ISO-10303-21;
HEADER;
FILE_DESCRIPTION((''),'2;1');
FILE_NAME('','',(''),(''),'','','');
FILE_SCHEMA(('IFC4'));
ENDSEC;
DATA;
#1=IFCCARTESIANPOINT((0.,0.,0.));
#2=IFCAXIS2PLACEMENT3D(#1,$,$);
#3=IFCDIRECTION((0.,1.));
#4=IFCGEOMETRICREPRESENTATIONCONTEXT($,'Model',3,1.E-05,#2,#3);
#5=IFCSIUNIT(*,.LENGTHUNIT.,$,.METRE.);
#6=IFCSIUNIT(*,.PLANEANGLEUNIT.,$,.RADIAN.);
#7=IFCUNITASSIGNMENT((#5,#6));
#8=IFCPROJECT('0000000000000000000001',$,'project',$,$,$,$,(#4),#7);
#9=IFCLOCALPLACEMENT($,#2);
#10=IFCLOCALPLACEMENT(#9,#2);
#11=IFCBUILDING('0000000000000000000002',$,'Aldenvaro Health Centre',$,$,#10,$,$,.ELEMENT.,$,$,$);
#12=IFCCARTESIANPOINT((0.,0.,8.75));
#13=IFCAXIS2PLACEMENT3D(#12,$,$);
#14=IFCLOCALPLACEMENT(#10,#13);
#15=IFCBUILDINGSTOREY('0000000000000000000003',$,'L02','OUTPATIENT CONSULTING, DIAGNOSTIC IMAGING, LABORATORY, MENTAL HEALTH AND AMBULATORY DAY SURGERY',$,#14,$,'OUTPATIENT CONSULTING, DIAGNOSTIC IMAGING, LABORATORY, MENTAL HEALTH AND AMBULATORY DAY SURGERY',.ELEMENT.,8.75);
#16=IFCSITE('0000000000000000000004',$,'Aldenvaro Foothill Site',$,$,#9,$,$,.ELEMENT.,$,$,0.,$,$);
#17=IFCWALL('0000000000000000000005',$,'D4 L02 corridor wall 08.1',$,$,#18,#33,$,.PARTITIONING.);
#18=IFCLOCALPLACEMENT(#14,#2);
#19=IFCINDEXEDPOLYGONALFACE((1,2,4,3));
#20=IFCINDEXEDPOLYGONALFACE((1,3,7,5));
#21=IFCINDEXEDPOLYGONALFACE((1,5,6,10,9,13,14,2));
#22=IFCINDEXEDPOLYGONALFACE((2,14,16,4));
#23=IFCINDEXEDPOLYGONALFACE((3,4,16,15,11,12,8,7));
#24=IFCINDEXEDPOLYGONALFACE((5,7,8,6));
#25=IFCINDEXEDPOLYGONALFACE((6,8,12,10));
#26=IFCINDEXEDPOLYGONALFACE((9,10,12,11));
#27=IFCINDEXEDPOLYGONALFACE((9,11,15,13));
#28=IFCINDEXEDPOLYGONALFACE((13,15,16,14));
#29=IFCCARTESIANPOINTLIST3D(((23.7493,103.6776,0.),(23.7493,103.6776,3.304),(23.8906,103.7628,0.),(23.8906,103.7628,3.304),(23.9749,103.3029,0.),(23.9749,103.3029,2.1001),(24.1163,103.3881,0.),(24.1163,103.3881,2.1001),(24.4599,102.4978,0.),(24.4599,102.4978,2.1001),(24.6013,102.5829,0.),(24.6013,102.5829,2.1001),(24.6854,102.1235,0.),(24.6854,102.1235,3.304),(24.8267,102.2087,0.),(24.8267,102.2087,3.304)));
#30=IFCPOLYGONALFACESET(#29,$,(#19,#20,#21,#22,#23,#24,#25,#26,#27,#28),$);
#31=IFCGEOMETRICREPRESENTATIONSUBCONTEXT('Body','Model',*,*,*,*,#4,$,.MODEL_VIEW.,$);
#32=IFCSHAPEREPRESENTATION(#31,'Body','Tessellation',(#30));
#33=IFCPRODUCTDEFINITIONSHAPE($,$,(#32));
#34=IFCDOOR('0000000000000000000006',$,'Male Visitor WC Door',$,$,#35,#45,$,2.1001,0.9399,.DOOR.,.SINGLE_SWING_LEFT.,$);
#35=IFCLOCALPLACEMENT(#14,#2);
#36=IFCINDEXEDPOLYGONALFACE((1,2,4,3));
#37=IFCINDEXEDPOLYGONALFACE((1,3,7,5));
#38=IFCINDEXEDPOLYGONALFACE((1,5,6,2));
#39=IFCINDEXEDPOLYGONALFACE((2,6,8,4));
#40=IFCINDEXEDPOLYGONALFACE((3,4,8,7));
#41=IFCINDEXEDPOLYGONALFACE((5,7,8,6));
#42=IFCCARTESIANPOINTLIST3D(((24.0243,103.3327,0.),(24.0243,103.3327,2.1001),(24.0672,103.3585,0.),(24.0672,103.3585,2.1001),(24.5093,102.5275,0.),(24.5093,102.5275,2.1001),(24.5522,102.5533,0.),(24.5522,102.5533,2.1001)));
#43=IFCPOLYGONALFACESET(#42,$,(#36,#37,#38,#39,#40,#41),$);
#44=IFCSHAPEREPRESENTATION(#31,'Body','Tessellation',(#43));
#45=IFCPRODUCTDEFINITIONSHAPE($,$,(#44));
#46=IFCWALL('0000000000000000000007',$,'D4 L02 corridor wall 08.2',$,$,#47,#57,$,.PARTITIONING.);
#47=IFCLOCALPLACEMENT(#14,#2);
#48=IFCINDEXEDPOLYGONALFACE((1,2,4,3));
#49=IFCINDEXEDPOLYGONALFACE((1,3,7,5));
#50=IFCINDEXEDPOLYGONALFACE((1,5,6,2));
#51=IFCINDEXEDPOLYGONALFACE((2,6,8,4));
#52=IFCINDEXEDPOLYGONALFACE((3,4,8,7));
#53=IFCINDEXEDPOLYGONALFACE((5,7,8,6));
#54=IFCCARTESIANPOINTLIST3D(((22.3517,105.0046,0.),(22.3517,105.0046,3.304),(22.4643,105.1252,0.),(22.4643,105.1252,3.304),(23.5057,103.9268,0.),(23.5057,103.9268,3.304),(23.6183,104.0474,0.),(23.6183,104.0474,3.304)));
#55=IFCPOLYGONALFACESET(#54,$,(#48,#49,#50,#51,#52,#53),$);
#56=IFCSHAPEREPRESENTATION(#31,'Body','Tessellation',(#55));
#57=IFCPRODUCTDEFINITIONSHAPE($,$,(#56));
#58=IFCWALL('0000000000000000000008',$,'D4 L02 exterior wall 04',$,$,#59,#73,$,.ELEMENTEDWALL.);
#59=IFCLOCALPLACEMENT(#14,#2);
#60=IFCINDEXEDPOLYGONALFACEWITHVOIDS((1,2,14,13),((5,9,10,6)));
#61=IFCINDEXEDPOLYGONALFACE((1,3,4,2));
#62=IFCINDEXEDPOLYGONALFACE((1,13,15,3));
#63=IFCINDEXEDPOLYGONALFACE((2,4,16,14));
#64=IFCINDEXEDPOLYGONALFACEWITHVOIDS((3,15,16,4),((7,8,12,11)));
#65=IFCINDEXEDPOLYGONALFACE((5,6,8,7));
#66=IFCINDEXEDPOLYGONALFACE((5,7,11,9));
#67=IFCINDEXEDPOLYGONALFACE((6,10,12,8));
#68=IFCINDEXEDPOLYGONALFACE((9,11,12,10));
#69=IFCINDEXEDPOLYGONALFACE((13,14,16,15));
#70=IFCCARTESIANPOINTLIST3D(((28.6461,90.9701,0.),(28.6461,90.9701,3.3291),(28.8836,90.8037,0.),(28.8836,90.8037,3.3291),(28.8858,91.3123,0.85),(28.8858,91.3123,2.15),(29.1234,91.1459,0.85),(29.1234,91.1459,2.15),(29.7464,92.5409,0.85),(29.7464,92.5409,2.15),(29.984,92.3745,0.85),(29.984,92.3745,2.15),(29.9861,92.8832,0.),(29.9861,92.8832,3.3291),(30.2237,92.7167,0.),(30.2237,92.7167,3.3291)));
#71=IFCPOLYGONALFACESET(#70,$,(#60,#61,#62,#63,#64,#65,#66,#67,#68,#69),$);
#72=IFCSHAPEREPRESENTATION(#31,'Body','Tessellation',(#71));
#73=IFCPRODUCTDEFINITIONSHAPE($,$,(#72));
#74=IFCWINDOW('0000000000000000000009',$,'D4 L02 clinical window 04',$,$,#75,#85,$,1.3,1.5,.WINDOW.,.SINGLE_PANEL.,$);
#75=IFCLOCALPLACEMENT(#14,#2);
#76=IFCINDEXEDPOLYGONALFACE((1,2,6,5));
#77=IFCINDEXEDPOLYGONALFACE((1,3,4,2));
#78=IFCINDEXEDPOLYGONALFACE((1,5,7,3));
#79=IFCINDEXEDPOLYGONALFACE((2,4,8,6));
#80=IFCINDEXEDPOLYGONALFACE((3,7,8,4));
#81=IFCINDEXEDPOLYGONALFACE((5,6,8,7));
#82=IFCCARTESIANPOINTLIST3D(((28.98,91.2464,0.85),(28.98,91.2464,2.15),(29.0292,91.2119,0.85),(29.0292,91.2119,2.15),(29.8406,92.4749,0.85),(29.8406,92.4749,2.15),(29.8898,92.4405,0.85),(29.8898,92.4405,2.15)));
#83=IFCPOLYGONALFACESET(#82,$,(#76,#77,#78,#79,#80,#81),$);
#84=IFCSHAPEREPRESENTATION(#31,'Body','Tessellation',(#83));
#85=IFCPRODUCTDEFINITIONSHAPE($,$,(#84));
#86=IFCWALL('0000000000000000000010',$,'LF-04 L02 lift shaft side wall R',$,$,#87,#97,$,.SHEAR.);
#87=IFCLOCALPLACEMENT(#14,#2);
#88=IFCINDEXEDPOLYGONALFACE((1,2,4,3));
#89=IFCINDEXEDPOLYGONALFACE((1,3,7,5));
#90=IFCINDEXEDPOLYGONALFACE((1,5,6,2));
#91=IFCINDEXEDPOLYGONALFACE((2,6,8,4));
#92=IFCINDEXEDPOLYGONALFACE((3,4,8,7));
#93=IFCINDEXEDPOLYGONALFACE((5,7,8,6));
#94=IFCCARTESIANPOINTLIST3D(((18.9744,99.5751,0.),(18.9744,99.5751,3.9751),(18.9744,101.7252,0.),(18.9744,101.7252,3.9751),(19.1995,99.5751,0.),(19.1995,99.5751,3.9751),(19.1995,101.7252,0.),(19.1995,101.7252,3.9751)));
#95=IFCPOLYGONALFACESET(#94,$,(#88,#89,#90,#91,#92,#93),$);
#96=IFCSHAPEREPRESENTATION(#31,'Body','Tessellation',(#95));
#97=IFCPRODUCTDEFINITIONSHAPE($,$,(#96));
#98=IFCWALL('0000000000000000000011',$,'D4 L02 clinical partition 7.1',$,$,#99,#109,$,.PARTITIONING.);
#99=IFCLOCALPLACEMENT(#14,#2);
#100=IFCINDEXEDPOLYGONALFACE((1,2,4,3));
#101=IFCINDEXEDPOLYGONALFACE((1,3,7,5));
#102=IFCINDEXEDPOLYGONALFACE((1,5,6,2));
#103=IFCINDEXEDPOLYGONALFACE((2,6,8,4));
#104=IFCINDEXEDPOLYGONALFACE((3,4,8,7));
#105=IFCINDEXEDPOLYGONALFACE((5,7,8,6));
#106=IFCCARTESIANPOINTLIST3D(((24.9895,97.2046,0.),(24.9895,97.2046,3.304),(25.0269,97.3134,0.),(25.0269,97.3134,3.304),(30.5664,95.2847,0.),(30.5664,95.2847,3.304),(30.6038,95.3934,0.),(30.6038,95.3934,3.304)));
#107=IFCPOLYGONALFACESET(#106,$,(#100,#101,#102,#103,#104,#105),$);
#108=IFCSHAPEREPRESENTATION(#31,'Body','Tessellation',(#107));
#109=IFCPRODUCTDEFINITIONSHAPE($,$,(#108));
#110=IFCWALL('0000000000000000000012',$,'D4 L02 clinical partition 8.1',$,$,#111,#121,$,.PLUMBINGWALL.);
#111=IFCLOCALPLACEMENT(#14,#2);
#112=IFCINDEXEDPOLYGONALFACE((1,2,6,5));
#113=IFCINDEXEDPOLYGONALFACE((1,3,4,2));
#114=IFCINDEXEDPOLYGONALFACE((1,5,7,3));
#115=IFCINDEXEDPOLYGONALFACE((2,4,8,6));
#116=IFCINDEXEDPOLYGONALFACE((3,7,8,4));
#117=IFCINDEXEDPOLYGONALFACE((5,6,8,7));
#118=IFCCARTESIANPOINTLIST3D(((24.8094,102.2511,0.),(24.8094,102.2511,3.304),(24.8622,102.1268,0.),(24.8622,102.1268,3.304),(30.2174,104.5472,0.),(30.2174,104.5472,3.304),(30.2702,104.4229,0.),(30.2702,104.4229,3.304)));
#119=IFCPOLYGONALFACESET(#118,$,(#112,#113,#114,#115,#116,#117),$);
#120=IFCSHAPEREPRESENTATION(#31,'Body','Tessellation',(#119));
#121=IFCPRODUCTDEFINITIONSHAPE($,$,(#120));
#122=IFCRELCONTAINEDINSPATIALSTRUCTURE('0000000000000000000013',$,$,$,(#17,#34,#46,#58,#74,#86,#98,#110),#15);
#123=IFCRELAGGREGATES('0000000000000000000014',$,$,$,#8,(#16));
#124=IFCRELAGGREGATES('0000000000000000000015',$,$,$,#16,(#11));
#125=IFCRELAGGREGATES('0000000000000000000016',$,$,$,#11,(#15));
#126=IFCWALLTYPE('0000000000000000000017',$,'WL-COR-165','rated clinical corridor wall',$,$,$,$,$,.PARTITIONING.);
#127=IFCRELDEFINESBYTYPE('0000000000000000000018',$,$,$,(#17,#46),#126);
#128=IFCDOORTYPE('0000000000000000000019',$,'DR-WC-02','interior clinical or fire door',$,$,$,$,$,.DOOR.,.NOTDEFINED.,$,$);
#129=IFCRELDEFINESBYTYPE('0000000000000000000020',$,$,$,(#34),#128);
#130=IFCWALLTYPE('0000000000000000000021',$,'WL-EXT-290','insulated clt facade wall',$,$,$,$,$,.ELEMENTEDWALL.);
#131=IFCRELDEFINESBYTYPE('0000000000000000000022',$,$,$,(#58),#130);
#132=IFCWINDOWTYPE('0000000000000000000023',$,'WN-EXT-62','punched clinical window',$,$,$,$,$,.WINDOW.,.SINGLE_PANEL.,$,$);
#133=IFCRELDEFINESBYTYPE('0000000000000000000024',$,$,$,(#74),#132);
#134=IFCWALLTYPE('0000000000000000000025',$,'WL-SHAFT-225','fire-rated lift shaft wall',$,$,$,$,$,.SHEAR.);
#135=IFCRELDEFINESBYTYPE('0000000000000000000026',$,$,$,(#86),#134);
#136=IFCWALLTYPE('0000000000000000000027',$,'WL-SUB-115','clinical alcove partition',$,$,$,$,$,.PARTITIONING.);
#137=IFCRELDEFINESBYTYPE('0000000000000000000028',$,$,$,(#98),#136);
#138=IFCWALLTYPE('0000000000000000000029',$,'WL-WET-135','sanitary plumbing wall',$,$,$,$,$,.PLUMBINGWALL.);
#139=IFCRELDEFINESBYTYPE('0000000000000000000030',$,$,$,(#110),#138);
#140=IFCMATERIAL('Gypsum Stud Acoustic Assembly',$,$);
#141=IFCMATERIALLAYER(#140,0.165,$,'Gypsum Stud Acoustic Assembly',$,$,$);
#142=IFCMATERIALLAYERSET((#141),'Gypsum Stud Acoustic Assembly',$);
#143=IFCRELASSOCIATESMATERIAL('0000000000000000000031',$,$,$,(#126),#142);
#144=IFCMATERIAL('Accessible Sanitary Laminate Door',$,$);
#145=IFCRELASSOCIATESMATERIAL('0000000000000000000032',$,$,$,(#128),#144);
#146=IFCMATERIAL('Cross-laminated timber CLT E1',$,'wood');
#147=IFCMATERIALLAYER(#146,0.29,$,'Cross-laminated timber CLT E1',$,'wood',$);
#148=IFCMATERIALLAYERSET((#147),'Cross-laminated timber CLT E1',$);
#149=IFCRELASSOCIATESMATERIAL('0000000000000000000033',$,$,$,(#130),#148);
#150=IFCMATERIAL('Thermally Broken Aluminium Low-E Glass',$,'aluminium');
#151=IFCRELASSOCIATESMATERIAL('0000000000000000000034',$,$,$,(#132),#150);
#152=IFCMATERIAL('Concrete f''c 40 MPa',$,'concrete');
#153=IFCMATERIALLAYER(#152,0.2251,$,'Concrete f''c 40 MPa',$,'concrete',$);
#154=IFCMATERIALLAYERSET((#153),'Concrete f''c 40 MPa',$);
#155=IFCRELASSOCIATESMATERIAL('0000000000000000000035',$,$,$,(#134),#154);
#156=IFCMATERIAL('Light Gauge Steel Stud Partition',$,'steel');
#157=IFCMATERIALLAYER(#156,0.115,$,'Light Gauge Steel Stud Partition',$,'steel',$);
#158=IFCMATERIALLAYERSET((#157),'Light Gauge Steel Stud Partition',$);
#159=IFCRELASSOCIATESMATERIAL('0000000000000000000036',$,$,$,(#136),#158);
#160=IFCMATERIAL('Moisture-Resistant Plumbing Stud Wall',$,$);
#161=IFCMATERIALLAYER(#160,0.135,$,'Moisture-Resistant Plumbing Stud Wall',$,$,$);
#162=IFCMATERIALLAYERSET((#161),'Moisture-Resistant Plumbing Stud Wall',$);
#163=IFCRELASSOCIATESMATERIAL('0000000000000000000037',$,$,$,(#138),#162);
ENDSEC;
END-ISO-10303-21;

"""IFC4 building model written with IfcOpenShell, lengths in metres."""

from ifc_helpers import new_model, si_unit, direction, frame, frame_2d, origin, place, context, subcontext, project, spatial, rectangle, extrude, material, layer, layer_set, type_object, element, fill, save


model = new_model("IFC4")

# Units and contexts
model_context = context("Model", 3, precision=1e-05, world=origin(), true_north=direction((0.0, 1.0)))
body_context = subcontext(model_context, "Body", "Model", "MODEL_VIEW")
ifc_project = project(units=[si_unit("LENGTHUNIT", "METRE"), si_unit("PLANEANGLEUNIT", "RADIAN")], contexts=[model_context])

# Site, building, storey
site_placement = place(None, origin())
site = spatial("IfcSite", under=ifc_project, at=site_placement, Name="Aldenvaro Foothill Site", CompositionType="ELEMENT", RefElevation=0.0)
building_placement = place(site_placement, origin())
building = spatial("IfcBuilding", under=site, at=building_placement, Name="Aldenvaro Health Centre", CompositionType="ELEMENT")
storey_placement = place(building_placement, frame((0.0, 0.0, 8.75)))
storey = spatial("IfcBuildingStorey", under=building, at=storey_placement, Name="L02", Description="OUTPATIENT CONSULTING, DIAGNOSTIC IMAGING, LABORATORY, MENTAL HEALTH AND AMBULATORY DAY SURGERY", LongName="OUTPATIENT CONSULTING, DIAGNOSTIC IMAGING, LABORATORY, MENTAL HEALTH AND AMBULATORY DAY SURGERY", CompositionType="ELEMENT", Elevation=8.75)

# Shared definitions
ifc_material_1 = material(Name="Gypsum Stud Acoustic Assembly")
ifc_layer_1 = layer(ifc_material_1, 0.165, Name="Gypsum Stud Acoustic Assembly")
ifc_layer_set_1 = layer_set([ifc_layer_1], Name="Gypsum Stud Acoustic Assembly")
wall_type_1 = type_object("IfcWallType", Name="WL-COR-165", Description="rated clinical corridor wall", PredefinedType="PARTITIONING", material=ifc_layer_set_1)

# Wall, opening, door
wall_1_placement = place(storey_placement, frame((24.7561, 102.166, 0.0), z_axis=(0.0, 0.0, 1.0), x_axis=(-0.515979, 0.856601, 0.0)))
wall_1 = element("IfcWall", 1, at=wall_1_placement, inside=storey, type_object=wall_type_1, Name="D4 L02 corridor wall 08.1", PredefinedType="PARTITIONING", context=body_context, shape_type="SweptSolid", body=[
    extrude(rectangle(XDim=1.8142, YDim=0.165, at=frame_2d((0.9072, 0.0))), origin(), (0.0, 0.0, 1.0), 3.304),
])
opening_1_placement = place(wall_1_placement, frame((0.437, 0.0, 0.0)))
opening_1 = element("IfcOpeningElement", 2, at=opening_1_placement, cuts=wall_1, PredefinedType="OPENING", context=body_context, shape_type="SweptSolid", body=[
    extrude(rectangle(XDim=0.9399, YDim=2.1001, at=frame_2d((0.47, 1.05))), frame((0.0, 0.0925, 0.0), z_axis=(0.0, -1.0, 0.0), x_axis=(1.0, 0.0, 0.0)), (0.0, 0.0, 1.0), 0.1851),
])
ifc_material_2 = material(Name="Accessible Sanitary Laminate Door")
door_type_1 = type_object("IfcDoorType", Name="DR-WC-02", Description="interior clinical or fire door", OperationType="NOTDEFINED", PredefinedType="DOOR", material=ifc_material_2)
door_1_placement = place(opening_1_placement, origin())
door_1 = element("IfcDoor", 3, at=door_1_placement, inside=storey, type_object=door_type_1, Name="Male Visitor WC Door", OperationType="SINGLE_SWING_LEFT", OverallHeight=2.1001, OverallWidth=0.9399, PredefinedType="DOOR", context=body_context, shape_type="SweptSolid", body=[
    extrude(rectangle(XDim=0.9399, YDim=2.1001, at=frame_2d((0.47, 1.05))), frame((0.0, 0.0249, 0.0), z_axis=(0.0, -1.0, 0.0), x_axis=(1.0, 0.0, 0.0)), (0.0, 0.0, 1.0), 0.05),
])
fill(opening_1, door_1)

# Wall
wall_2_placement = place(storey_placement, frame((23.562, 103.9871, 0.0), z_axis=(0.0, 0.0, 1.0), x_axis=(-0.730814, 0.682577, 0.0)))
element("IfcWall", 4, at=wall_2_placement, inside=storey, type_object=wall_type_1, Name="D4 L02 corridor wall 08.2", PredefinedType="PARTITIONING", context=body_context, shape_type="SweptSolid", body=[
    extrude(rectangle(XDim=1.5791, YDim=0.165, at=frame_2d((0.7896, 0.0))), origin(), (0.0, 0.0, 1.0), 3.304),
])

# Wall, opening, window
ifc_material_3 = material(Name="Cross-laminated timber CLT E1", Category="wood")
ifc_layer_2 = layer(ifc_material_3, 0.29, Name="Cross-laminated timber CLT E1", Category="wood")
ifc_layer_set_2 = layer_set([ifc_layer_2], Name="Cross-laminated timber CLT E1")
wall_type_2 = type_object("IfcWallType", Name="WL-EXT-290", Description="insulated clt facade wall", PredefinedType="ELEMENTEDWALL", material=ifc_layer_set_2)
wall_3_placement = place(storey_placement, frame((30.105, 92.8, 0.0), z_axis=(0.0, 0.0, 1.0), x_axis=(-0.573729, -0.819045, 0.0)))
wall_3 = element("IfcWall", 5, at=wall_3_placement, inside=storey, type_object=wall_type_2, Name="D4 L02 exterior wall 04", PredefinedType="ELEMENTEDWALL", context=body_context, shape_type="SweptSolid", body=[
    extrude(rectangle(XDim=2.3357, YDim=0.29, at=frame_2d((1.168, 0.0))), origin(), (0.0, 0.0, 1.0), 3.3291),
])
opening_2_placement = place(wall_3_placement, frame((0.418, 0.0, 0.8501)))
opening_2 = element("IfcOpeningElement", 6, at=opening_2_placement, cuts=wall_3, PredefinedType="OPENING", context=body_context, shape_type="SweptSolid", body=[
    extrude(rectangle(XDim=1.5, YDim=1.3, at=frame_2d((0.75, 0.6499))), frame((0.0, 0.155, 0.0), z_axis=(0.0, -1.0, 0.0), x_axis=(1.0, 0.0, 0.0)), (0.0, 0.0, 1.0), 0.3101),
])
ifc_material_4 = material(Name="Thermally Broken Aluminium Low-E Glass", Category="aluminium")
window_type = type_object("IfcWindowType", Name="WN-EXT-62", Description="punched clinical window", PartitioningType="SINGLE_PANEL", PredefinedType="WINDOW", material=ifc_material_4)
window_placement = place(opening_2_placement, origin())
window = element("IfcWindow", 7, at=window_placement, inside=storey, type_object=window_type, Name="D4 L02 clinical window 04", OverallHeight=1.3, OverallWidth=1.5, PartitioningType="SINGLE_PANEL", PredefinedType="WINDOW", context=body_context, shape_type="SweptSolid", body=[
    extrude(rectangle(XDim=1.5, YDim=1.3, at=frame_2d((0.75, 0.6499))), frame((0.0, 0.03, 0.0), z_axis=(0.0, -1.0, 0.0), x_axis=(1.0, 0.0, 0.0)), (0.0, 0.0, 1.0), 0.0601),
])
fill(opening_2, window)

# Walls
ifc_material_5 = material(Name="Concrete f'c 40 MPa", Category="concrete")
ifc_layer_3 = layer(ifc_material_5, 0.2251, Name="Concrete f'c 40 MPa", Category="concrete")
ifc_layer_set_3 = layer_set([ifc_layer_3], Name="Concrete f'c 40 MPa")
wall_type_3 = type_object("IfcWallType", Name="WL-SHAFT-225", Description="fire-rated lift shaft wall", PredefinedType="SHEAR", material=ifc_layer_set_3)
wall_4_placement = place(storey_placement, frame((19.0869, 99.575, 0.0), z_axis=(0.0, 0.0, 1.0), x_axis=(0.0, 1.0, 0.0)))
element("IfcWall", 8, at=wall_4_placement, inside=storey, type_object=wall_type_3, Name="LF-04 L02 lift shaft side wall R", PredefinedType="SHEAR", context=body_context, shape_type="SweptSolid", body=[
    extrude(rectangle(XDim=2.1501, YDim=0.2251, at=frame_2d((1.0752, 0.0))), origin(), (0.0, 0.0, 1.0), 3.9751),
])
ifc_material_6 = material(Name="Light Gauge Steel Stud Partition", Category="steel")
ifc_layer_4 = layer(ifc_material_6, 0.115, Name="Light Gauge Steel Stud Partition", Category="steel")
ifc_layer_set_4 = layer_set([ifc_layer_4], Name="Light Gauge Steel Stud Partition")
wall_type_4 = type_object("IfcWallType", Name="WL-SUB-115", Description="clinical alcove partition", PredefinedType="PARTITIONING", material=ifc_layer_set_4)
wall_5_placement = place(storey_placement, frame((25.0081, 97.259, 0.0), z_axis=(0.0, 0.0, 1.0), x_axis=(0.945537, -0.325514, 0.0)))
element("IfcWall", 9, at=wall_5_placement, inside=storey, type_object=wall_type_4, Name="D4 L02 clinical partition 7.1", PredefinedType="PARTITIONING", context=body_context, shape_type="SweptSolid", body=[
    extrude(rectangle(XDim=5.8982, YDim=0.115, at=frame_2d((2.9492, 0.0))), origin(), (0.0, 0.0, 1.0), 3.304),
])
ifc_material_7 = material(Name="Moisture-Resistant Plumbing Stud Wall")
ifc_layer_5 = layer(ifc_material_7, 0.135, Name="Moisture-Resistant Plumbing Stud Wall")
ifc_layer_set_5 = layer_set([ifc_layer_5], Name="Moisture-Resistant Plumbing Stud Wall")
wall_type_5 = type_object("IfcWallType", Name="WL-WET-135", Description="sanitary plumbing wall", PredefinedType="PLUMBINGWALL", material=ifc_layer_set_5)
wall_6_placement = place(storey_placement, frame((24.8359, 102.189, 0.0), z_axis=(0.0, 0.0, 1.0), x_axis=(0.920468, 0.390818, 0.0)))
element("IfcWall", 10, at=wall_6_placement, inside=storey, type_object=wall_type_5, Name="D4 L02 clinical partition 8.1", PredefinedType="PLUMBINGWALL", context=body_context, shape_type="SweptSolid", body=[
    extrude(rectangle(XDim=5.8752, YDim=0.135, at=frame_2d((2.9375, 0.0))), origin(), (0.0, 0.0, 1.0), 3.304),
])

save(model, "model.ifc")
